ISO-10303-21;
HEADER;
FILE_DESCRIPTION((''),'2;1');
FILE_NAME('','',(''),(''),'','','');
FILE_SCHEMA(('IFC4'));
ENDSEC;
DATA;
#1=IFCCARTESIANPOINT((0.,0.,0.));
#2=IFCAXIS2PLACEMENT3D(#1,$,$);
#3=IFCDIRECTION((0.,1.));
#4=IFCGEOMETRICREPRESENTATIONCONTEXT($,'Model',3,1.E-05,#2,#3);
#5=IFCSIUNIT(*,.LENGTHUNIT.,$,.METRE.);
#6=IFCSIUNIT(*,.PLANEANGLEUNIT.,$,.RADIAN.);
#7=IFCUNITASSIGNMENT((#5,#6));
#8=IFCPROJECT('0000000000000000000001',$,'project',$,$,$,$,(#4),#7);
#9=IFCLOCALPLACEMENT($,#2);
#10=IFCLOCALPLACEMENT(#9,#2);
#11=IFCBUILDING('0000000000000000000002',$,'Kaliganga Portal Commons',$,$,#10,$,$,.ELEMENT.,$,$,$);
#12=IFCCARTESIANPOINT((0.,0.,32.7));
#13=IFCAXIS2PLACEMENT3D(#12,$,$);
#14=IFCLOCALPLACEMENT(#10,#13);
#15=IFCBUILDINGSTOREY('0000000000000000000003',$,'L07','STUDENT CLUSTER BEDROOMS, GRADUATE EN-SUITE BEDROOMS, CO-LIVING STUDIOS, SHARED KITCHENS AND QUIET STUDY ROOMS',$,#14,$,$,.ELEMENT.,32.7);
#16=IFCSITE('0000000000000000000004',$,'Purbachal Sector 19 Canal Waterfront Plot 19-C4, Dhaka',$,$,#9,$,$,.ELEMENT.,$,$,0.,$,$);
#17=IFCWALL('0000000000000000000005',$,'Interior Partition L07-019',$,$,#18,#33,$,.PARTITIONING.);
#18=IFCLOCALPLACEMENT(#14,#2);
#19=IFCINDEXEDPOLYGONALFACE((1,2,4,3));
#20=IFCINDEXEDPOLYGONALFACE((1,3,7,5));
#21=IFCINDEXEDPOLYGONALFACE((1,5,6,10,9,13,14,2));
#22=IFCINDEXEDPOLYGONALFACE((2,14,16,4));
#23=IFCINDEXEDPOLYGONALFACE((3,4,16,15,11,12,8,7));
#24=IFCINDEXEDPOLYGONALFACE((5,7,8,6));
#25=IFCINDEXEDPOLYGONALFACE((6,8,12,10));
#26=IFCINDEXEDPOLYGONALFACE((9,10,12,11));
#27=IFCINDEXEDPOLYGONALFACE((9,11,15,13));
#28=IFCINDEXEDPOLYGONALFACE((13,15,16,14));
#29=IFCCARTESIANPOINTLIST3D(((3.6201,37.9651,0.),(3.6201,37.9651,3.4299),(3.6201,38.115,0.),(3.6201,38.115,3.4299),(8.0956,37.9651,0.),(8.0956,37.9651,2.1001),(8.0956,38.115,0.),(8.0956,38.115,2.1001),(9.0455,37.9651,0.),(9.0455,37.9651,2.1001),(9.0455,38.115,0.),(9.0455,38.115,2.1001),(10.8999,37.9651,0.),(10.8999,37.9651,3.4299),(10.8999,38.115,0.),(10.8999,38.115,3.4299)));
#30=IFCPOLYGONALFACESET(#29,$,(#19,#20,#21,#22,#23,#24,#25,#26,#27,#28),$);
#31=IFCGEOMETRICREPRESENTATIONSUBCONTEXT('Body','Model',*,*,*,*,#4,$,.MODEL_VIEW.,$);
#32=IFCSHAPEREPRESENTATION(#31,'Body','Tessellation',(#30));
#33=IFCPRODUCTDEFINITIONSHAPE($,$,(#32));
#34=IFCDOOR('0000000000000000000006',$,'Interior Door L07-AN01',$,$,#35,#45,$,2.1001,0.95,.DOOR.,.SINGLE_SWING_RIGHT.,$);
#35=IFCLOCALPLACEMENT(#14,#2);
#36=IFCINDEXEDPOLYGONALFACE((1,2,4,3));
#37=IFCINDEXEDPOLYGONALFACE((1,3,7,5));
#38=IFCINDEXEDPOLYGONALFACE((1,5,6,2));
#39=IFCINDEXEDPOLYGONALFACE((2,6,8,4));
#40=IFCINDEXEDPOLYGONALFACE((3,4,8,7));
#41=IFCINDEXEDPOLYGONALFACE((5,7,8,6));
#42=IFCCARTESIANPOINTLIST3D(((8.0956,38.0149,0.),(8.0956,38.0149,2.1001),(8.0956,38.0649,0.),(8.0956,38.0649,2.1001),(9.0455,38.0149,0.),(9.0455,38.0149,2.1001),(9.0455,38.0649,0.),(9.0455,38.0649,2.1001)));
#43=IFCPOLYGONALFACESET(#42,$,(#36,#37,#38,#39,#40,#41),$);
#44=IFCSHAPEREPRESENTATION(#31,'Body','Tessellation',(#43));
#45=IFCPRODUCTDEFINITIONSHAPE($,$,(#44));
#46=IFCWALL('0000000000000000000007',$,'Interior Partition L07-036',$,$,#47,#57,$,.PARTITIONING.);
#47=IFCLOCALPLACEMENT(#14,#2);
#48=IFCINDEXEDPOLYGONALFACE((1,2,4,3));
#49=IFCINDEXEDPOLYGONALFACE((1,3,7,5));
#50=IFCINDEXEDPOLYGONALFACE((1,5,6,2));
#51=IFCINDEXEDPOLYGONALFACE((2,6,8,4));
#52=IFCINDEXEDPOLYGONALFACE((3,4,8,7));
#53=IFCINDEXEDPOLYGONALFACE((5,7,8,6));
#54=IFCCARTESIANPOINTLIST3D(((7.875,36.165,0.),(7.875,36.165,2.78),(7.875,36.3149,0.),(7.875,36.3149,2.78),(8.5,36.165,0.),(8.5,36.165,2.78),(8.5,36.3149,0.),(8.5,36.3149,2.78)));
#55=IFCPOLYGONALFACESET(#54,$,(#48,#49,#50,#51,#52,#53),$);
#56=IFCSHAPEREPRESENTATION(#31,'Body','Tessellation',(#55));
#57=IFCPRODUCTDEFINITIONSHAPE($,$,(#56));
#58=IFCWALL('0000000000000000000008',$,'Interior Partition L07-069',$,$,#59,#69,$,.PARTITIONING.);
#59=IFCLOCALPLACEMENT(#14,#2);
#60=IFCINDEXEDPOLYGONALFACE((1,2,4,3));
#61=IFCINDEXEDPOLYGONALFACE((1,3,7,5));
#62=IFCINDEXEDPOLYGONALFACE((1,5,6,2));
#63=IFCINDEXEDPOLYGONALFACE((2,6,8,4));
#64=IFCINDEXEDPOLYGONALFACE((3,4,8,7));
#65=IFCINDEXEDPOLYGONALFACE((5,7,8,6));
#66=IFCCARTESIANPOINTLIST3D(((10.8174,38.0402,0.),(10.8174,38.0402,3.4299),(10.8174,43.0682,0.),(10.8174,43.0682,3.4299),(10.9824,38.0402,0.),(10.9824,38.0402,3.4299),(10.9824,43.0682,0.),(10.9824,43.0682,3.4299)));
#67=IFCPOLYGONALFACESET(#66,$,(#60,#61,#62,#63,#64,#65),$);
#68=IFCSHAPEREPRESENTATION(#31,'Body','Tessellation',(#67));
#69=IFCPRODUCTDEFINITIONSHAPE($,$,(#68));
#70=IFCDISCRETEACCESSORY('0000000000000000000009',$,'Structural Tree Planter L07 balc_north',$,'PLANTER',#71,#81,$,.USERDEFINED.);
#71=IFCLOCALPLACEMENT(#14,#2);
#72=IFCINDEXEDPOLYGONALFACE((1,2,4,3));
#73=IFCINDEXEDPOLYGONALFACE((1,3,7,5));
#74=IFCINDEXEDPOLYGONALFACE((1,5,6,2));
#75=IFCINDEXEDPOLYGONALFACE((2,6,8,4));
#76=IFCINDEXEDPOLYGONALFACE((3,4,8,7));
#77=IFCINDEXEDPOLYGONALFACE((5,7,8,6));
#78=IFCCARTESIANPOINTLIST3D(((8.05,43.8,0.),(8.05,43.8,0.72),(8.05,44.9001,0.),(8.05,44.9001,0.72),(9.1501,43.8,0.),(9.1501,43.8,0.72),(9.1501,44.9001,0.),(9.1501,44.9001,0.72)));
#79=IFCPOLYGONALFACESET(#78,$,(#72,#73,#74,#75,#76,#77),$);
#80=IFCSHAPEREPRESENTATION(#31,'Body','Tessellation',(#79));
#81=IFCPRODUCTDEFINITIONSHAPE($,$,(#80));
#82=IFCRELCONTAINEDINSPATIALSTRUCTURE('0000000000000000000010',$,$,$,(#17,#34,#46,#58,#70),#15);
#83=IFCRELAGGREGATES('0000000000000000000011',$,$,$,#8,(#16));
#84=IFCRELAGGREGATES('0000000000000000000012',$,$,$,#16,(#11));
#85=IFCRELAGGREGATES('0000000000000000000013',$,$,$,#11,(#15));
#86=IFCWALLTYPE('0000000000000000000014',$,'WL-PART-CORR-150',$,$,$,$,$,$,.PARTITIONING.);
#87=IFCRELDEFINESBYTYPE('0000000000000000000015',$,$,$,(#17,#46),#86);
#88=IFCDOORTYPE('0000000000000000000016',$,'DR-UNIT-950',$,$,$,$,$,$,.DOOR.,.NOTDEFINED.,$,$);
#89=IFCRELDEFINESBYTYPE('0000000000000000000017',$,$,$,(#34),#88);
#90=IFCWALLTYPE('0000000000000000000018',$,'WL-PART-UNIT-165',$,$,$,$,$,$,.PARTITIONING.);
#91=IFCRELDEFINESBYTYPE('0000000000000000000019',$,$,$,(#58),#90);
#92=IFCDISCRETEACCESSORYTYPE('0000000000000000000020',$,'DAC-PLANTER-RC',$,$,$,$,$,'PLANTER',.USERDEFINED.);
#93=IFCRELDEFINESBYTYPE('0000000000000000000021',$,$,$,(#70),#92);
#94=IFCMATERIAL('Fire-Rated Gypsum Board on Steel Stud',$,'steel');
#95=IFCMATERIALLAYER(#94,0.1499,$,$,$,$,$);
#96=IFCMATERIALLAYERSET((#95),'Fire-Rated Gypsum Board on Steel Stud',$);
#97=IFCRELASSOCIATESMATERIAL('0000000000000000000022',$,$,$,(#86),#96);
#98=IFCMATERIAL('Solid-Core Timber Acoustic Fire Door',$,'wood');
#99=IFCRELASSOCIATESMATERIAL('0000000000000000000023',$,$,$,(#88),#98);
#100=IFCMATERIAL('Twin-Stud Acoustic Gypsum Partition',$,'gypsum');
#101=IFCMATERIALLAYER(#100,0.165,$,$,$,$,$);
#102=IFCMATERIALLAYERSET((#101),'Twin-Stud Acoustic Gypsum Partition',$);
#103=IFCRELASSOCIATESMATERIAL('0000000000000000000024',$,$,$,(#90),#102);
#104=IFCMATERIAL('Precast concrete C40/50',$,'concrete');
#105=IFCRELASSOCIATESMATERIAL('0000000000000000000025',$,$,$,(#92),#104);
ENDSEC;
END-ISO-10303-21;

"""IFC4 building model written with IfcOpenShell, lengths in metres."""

from ifc_helpers import new_model, si_unit, direction, frame, frame_2d, origin, origin_2d, place, context, subcontext, project, spatial, rectangle, extrude, source, transform, mapped, material, layer, layer_set, type_object, element, fill, save


model = new_model("IFC4")

# Units and contexts
model_context = context("Model", 3, precision=1e-05, world=origin(), true_north=direction((0.0, 1.0)))
body_context = subcontext(model_context, "Body", "Model", "MODEL_VIEW")
ifc_project = project(units=[si_unit("LENGTHUNIT", "METRE"), si_unit("PLANEANGLEUNIT", "RADIAN")], contexts=[model_context])

# Site, building, storey
site_placement = place(None, origin())
site = spatial("IfcSite", under=ifc_project, at=site_placement, Name="Purbachal Sector 19 Canal Waterfront Plot 19-C4, Dhaka", CompositionType="ELEMENT", RefElevation=0.0)
building_placement = place(site_placement, origin())
building = spatial("IfcBuilding", under=site, at=building_placement, Name="Kaliganga Portal Commons", CompositionType="ELEMENT")
storey_placement = place(building_placement, frame((0.0, 0.0, 32.7)))
storey = spatial("IfcBuildingStorey", under=building, at=storey_placement, Name="L07", Description="STUDENT CLUSTER BEDROOMS, GRADUATE EN-SUITE BEDROOMS, CO-LIVING STUDIOS, SHARED KITCHENS AND QUIET STUDY ROOMS", CompositionType="ELEMENT", Elevation=32.7)

# Wall, opening, door
ifc_material_1 = material(Name="Fire-Rated Gypsum Board on Steel Stud", Category="steel")
ifc_layer_1 = layer(ifc_material_1, 0.1499)
ifc_layer_set_1 = layer_set([ifc_layer_1], Name="Fire-Rated Gypsum Board on Steel Stud")
wall_type_1 = type_object("IfcWallType", Name="WL-PART-CORR-150", PredefinedType="PARTITIONING", material=ifc_layer_set_1)
ifc_material_2 = material(Name="Solid-Core Timber Acoustic Fire Door", Category="wood")
door_type_1 = type_object("IfcDoorType", Name="DR-UNIT-950", OperationType="NOTDEFINED", PredefinedType="DOOR", material=ifc_material_2)
wall_1_placement = place(storey_placement, frame((3.6201, 38.04, 0.0), z_axis=(0.0, 0.0, 1.0), x_axis=(1.0, 0.0, 0.0)))
wall_1 = element("IfcWall", 1, at=wall_1_placement, inside=storey, type_object=wall_type_1, Name="Interior Partition L07-019", PredefinedType="PARTITIONING", context=body_context, shape_type="SweptSolid", body=[
    extrude(rectangle(XDim=7.2798, YDim=0.1499, at=frame_2d((3.6399, 0.0))), origin(), (0.0, 0.0, 1.0), 3.4299),
])
opening_1_placement = place(wall_1_placement, frame((4.4753, 0.0, 0.0)))
opening_1 = element("IfcOpeningElement", 2, at=opening_1_placement, cuts=wall_1, PredefinedType="OPENING", context=body_context, shape_type="SweptSolid", body=[
    extrude(rectangle(XDim=0.95, YDim=2.1001, at=frame_2d((0.4751, 1.05))), frame((0.0, 0.085, 0.0), z_axis=(0.0, -1.0, 0.0), x_axis=(1.0, 0.0, 0.0)), (0.0, 0.0, 1.0), 0.1699),
])
door_1_placement = place(opening_1_placement, origin())
door_1 = element("IfcDoor", 3, at=door_1_placement, inside=storey, type_object=door_type_1, Name="Interior Door L07-AN01", OperationType="SINGLE_SWING_RIGHT", OverallHeight=2.1001, OverallWidth=0.95, PredefinedType="DOOR", context=body_context, shape_type="SweptSolid", body=[
    extrude(rectangle(XDim=0.95, YDim=2.1001, at=frame_2d((0.4751, 1.05))), frame((0.0, 0.0249, 0.0), z_axis=(0.0, -1.0, 0.0), x_axis=(1.0, 0.0, 0.0)), (0.0, 0.0, 1.0), 0.05),
])
fill(opening_1, door_1)

# Walls
wall_2_placement = place(storey_placement, frame((7.875, 36.24, 0.0), z_axis=(0.0, 0.0, 1.0), x_axis=(1.0, 0.0, 0.0)))
element("IfcWall", 4, at=wall_2_placement, inside=storey, type_object=wall_type_1, Name="Interior Partition L07-036", PredefinedType="PARTITIONING", context=body_context, shape_type="SweptSolid", body=[
    extrude(rectangle(XDim=0.625, YDim=0.1499, at=frame_2d((0.3125, 0.0))), origin(), (0.0, 0.0, 1.0), 2.78),
])
ifc_material_3 = material(Name="Twin-Stud Acoustic Gypsum Partition", Category="gypsum")
ifc_layer_2 = layer(ifc_material_3, 0.165)
ifc_layer_set_2 = layer_set([ifc_layer_2], Name="Twin-Stud Acoustic Gypsum Partition")
wall_type_2 = type_object("IfcWallType", Name="WL-PART-UNIT-165", PredefinedType="PARTITIONING", material=ifc_layer_set_2)
wall_3_placement = place(storey_placement, frame((10.8999, 38.04, 0.0), z_axis=(0.0, 0.0, 1.0), x_axis=(0.0, 1.0, 0.0)))
element("IfcWall", 5, at=wall_3_placement, inside=storey, type_object=wall_type_2, Name="Interior Partition L07-069", PredefinedType="PARTITIONING", context=body_context, shape_type="SweptSolid", body=[
    extrude(rectangle(XDim=5.0281, YDim=0.165, at=frame_2d((2.5142, 0.0))), origin(), (0.0, 0.0, 1.0), 3.4299),
])

# Discrete accessory
ifc_material_4 = material(Name="Precast concrete C40/50", Category="concrete")
discrete_accessory_type = type_object("IfcDiscreteAccessoryType", Name="DAC-PLANTER-RC", ElementType="PLANTER", PredefinedType="USERDEFINED", material=ifc_material_4)
shared_shape_1 = source(origin(), body_context, "Body", "SweptSolid", [
    extrude(rectangle(XDim=1.1001, YDim=1.1001, at=origin_2d()), origin(), (0.0, 0.0, 1.0), 0.72),
])
discrete_accessory_placement = place(storey_placement, frame((8.6001, 44.3501, 0.0), z_axis=(0.0, 0.0, 1.0), x_axis=(1.0, 0.0, 0.0)))
element("IfcDiscreteAccessory", 6, at=discrete_accessory_placement, inside=storey, type_object=discrete_accessory_type, Name="Structural Tree Planter L07 balc_north", ObjectType="PLANTER", PredefinedType="USERDEFINED", context=body_context, shape_type="MappedRepresentation", body=[
    mapped(shared_shape_1, transform((0.0, 0.0, 0.0), x_axis=(1.0, 0.0, 0.0), y_axis=(0.0, 1.0, 0.0), z_axis=(0.0, 0.0, 1.0), scale=1.0)),
])

save(model, "model.ifc")
